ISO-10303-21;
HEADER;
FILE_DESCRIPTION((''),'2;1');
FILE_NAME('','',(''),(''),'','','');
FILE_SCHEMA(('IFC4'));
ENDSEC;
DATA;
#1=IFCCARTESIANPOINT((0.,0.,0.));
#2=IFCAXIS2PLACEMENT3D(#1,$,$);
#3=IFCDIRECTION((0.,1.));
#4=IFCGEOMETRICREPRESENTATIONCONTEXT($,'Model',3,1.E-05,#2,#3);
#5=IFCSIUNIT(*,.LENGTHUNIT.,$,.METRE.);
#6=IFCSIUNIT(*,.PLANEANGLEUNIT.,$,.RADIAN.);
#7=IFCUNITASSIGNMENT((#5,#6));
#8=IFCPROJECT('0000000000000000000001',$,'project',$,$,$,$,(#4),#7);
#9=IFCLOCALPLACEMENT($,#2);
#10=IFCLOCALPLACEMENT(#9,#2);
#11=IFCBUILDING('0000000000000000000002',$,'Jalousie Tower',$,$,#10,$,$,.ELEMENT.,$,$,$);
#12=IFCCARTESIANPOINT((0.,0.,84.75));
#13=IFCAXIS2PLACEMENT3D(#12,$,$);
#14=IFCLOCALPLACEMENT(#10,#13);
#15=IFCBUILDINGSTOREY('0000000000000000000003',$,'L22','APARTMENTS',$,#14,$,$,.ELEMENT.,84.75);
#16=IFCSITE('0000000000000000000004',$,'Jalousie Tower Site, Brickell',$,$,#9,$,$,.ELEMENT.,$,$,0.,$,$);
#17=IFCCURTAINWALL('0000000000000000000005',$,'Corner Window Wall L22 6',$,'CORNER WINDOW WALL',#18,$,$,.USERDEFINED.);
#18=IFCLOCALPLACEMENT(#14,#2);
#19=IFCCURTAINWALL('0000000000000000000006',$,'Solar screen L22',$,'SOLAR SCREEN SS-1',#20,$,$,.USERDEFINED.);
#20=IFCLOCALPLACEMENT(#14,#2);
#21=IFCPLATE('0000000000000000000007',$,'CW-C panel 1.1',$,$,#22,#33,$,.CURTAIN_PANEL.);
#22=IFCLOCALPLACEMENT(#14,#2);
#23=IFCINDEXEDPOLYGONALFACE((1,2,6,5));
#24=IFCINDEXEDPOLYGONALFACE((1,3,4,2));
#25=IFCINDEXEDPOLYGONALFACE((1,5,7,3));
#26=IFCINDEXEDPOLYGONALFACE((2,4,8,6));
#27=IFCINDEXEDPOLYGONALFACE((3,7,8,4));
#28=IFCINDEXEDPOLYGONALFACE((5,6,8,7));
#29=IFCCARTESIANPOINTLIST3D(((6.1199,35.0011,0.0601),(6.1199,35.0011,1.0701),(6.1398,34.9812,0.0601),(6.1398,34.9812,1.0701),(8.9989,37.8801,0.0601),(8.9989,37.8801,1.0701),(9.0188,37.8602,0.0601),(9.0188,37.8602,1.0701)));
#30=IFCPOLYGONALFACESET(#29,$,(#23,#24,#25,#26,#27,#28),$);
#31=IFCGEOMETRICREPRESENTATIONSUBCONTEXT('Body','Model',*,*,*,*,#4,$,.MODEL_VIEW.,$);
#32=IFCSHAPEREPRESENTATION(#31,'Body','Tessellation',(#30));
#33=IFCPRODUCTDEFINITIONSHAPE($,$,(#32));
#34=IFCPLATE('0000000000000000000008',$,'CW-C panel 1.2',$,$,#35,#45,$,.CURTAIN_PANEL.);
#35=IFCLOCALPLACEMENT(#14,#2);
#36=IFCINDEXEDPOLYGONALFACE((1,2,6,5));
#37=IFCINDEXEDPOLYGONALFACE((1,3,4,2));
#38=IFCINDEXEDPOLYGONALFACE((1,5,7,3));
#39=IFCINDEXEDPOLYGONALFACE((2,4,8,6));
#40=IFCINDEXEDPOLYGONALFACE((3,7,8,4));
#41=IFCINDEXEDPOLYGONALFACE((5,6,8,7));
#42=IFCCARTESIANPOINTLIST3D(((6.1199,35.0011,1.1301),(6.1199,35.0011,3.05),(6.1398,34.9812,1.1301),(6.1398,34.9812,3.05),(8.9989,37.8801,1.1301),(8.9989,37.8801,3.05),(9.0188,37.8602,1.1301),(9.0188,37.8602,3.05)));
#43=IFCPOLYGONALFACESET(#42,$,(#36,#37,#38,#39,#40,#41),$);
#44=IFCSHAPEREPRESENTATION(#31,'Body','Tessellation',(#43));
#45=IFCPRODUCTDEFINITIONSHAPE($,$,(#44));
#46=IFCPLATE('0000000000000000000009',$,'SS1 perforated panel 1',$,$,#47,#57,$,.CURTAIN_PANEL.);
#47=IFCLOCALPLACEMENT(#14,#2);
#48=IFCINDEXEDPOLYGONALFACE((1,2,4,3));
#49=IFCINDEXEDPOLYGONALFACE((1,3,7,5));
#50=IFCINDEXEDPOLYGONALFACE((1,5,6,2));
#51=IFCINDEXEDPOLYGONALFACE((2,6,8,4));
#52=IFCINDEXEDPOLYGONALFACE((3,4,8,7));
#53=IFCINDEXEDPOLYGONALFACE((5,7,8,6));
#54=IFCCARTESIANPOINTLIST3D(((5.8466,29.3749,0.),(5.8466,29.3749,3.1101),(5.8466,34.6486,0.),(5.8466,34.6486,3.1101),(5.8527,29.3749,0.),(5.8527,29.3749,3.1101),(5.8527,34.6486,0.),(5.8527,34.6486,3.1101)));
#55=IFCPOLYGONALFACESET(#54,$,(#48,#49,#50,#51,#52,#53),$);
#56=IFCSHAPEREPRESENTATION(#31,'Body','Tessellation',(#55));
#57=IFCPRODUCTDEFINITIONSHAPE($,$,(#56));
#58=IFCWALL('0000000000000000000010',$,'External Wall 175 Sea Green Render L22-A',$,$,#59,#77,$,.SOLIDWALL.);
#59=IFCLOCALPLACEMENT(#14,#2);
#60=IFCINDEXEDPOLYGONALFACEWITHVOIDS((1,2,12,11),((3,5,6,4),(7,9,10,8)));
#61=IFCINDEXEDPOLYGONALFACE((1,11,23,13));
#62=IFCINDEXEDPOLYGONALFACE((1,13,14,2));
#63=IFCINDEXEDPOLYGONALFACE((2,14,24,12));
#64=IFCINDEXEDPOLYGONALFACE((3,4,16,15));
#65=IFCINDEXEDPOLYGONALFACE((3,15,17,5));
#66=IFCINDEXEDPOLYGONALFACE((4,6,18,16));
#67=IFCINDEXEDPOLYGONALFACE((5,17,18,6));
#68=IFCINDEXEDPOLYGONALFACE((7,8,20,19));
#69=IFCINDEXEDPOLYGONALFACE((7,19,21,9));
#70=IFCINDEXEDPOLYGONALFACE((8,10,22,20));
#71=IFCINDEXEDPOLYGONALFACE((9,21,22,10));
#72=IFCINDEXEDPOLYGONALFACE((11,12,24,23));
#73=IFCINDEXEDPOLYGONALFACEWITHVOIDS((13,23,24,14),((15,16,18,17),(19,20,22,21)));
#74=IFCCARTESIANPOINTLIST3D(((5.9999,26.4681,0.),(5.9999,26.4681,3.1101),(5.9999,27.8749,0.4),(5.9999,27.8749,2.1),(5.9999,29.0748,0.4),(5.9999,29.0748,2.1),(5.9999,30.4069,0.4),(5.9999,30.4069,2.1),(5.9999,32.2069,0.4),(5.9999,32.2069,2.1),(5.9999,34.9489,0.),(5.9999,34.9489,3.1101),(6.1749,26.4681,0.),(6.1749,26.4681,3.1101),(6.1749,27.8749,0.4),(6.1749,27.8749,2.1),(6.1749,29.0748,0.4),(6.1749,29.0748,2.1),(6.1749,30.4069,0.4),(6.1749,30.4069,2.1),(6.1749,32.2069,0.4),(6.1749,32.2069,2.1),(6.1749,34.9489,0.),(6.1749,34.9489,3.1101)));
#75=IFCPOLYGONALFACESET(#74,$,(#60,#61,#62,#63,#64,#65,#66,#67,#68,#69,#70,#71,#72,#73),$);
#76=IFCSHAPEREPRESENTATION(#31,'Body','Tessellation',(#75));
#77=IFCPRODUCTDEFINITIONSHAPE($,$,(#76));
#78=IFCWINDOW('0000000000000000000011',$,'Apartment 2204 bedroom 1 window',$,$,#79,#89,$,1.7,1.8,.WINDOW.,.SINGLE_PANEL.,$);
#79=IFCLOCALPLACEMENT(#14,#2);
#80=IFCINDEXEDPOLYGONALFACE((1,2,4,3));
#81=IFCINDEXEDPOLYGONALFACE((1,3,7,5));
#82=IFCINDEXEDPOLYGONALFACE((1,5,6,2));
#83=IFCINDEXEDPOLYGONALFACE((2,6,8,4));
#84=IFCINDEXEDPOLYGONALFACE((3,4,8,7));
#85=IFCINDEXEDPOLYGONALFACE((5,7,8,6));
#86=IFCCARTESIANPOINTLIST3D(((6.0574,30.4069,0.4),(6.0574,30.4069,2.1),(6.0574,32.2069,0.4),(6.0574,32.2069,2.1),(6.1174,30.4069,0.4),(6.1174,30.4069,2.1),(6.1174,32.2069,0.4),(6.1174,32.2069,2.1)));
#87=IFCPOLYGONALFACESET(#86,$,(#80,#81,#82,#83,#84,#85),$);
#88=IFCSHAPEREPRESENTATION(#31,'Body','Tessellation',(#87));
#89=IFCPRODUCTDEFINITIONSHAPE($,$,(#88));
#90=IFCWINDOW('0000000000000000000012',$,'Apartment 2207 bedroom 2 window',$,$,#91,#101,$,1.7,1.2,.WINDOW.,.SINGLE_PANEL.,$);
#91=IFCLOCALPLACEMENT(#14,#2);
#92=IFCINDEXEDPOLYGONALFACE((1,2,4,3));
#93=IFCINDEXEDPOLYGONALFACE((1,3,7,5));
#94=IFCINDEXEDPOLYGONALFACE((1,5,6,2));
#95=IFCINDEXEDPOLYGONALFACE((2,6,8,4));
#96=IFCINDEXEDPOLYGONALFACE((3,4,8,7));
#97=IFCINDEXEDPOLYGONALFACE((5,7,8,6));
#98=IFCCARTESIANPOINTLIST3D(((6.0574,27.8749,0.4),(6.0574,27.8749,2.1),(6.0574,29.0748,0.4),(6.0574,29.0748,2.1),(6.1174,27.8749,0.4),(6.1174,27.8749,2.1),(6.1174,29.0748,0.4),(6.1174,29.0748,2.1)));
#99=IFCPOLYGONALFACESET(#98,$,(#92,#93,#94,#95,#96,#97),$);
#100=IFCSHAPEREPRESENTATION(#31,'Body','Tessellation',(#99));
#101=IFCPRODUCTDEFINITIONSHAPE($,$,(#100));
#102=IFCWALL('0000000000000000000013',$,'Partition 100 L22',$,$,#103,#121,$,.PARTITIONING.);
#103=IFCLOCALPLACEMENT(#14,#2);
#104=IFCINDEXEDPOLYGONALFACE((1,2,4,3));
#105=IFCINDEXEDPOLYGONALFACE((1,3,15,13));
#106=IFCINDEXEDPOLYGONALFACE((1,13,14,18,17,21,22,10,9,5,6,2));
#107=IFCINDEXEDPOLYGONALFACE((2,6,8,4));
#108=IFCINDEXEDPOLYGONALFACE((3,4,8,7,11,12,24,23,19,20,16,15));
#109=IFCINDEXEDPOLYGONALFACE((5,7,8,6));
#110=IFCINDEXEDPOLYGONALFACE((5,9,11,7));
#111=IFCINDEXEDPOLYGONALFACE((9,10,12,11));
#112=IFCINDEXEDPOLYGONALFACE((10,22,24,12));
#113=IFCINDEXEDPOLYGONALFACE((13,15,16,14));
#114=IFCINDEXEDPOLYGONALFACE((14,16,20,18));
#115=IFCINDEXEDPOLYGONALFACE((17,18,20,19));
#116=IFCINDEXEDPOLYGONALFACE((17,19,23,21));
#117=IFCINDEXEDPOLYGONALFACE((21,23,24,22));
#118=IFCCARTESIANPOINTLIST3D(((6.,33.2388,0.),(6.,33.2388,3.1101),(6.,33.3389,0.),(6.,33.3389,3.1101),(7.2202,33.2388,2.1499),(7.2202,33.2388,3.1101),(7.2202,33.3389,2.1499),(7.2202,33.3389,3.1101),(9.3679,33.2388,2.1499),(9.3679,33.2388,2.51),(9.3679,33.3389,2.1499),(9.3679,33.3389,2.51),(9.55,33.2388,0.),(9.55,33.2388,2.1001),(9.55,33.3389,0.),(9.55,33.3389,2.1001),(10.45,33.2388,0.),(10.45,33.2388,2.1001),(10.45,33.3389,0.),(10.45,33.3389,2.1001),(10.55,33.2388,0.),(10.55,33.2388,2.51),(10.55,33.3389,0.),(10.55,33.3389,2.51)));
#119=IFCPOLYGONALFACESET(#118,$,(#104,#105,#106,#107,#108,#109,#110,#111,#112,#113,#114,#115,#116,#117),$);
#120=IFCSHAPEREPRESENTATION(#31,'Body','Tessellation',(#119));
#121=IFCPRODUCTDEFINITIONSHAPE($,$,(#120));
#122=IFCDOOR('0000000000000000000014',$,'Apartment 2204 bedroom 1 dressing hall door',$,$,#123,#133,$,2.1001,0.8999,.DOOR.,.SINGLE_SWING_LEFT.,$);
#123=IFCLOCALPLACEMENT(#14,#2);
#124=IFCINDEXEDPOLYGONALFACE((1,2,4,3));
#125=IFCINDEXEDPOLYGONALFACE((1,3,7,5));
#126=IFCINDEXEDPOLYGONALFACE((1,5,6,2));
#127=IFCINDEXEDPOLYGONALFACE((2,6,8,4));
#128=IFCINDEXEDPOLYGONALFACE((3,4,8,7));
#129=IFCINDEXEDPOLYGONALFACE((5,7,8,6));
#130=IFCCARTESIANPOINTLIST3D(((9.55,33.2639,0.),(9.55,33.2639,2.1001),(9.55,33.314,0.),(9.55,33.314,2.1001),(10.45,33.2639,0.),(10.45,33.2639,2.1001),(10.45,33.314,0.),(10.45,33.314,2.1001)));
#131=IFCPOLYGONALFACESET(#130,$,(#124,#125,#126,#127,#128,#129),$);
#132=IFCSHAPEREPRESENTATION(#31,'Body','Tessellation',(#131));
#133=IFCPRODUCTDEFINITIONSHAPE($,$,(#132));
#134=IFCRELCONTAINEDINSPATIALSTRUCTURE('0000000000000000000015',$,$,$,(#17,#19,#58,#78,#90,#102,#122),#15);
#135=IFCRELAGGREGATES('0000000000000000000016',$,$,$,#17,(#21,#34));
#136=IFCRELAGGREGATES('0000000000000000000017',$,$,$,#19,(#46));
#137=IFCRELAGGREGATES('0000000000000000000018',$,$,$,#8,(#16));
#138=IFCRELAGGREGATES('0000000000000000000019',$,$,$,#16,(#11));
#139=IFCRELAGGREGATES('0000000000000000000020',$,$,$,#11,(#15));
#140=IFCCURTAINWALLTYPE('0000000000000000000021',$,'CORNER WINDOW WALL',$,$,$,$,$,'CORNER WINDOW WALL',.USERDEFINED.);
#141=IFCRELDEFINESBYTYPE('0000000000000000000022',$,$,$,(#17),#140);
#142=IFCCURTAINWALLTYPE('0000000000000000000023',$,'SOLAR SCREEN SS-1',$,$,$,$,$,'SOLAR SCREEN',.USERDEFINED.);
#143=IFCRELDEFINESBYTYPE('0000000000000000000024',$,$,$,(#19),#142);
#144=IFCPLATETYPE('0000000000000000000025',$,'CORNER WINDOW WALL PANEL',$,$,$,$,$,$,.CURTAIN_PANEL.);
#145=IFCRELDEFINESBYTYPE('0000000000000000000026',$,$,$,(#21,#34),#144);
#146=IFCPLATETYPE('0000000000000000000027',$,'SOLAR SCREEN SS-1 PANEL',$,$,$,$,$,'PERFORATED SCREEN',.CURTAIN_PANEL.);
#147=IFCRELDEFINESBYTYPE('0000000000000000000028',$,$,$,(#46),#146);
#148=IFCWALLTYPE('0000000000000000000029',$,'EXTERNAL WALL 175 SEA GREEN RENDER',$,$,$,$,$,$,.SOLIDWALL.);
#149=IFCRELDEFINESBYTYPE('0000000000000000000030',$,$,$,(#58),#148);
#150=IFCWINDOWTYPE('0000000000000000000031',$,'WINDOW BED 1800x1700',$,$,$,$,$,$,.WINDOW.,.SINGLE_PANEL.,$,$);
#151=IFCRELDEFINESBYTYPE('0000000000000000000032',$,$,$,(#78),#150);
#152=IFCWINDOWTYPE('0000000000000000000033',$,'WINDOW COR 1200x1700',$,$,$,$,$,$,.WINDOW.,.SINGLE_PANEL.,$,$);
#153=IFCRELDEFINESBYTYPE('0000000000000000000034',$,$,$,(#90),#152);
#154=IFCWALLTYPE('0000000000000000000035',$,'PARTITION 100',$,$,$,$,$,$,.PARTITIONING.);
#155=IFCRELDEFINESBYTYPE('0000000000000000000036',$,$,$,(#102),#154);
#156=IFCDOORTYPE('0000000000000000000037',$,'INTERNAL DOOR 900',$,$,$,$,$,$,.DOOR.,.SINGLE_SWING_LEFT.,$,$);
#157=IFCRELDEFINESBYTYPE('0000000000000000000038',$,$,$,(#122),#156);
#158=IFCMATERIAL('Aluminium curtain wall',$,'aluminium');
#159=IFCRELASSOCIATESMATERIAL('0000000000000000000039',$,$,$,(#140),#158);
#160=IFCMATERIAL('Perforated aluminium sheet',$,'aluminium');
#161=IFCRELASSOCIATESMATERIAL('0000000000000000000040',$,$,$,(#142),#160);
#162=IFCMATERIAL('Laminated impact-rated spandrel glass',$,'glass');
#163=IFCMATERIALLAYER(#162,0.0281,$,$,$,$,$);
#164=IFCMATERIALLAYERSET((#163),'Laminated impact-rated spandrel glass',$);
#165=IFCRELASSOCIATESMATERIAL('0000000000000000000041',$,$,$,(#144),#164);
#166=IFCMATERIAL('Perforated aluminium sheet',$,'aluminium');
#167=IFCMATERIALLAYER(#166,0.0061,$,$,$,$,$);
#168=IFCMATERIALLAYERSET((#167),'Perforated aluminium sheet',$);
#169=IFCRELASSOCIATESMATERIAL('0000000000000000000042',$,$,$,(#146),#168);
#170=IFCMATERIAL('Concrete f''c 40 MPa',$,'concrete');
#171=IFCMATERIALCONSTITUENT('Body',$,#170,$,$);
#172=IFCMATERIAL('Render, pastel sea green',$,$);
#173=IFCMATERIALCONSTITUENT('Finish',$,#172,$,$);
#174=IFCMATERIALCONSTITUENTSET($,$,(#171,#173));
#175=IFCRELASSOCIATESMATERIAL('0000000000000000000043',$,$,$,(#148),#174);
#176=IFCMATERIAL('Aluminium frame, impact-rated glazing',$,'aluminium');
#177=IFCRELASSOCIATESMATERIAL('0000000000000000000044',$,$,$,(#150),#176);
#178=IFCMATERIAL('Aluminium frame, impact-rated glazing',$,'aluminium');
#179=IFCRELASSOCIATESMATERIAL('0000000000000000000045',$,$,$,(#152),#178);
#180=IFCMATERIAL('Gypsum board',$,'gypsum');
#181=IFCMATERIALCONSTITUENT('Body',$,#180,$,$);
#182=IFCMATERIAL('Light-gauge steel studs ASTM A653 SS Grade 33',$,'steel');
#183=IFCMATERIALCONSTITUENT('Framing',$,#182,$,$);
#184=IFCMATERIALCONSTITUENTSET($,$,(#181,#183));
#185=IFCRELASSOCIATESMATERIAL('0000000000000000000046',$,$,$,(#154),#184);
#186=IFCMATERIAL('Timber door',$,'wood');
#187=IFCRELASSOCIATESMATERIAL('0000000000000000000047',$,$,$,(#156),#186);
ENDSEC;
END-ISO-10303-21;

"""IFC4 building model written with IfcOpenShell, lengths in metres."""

from ifc_helpers import new_model, si_unit, direction, frame, frame_2d, origin, origin_2d, place, context, subcontext, project, spatial, polyline, rectangle, outline, extrude, material, layer, layer_set, constituent, constituent_set, type_object, element, fill, aggregate, save


model = new_model("IFC4")

# Units and contexts
model_context = context("Model", 3, precision=1e-05, world=origin(), true_north=direction((0.0, 1.0)))
body_context = subcontext(model_context, "Body", "Model", "MODEL_VIEW")
ifc_project = project(units=[si_unit("LENGTHUNIT", "METRE"), si_unit("PLANEANGLEUNIT", "RADIAN")], contexts=[model_context])

# Site, building, storey
site_placement = place(None, origin())
site = spatial("IfcSite", under=ifc_project, at=site_placement, Name="Jalousie Tower Site, Brickell", CompositionType="ELEMENT", RefElevation=0.0)
building_placement = place(site_placement, origin())
building = spatial("IfcBuilding", under=site, at=building_placement, Name="Jalousie Tower", CompositionType="ELEMENT")
storey_placement = place(building_placement, frame((0.0, 0.0, 84.75)))
storey = spatial("IfcBuildingStorey", under=building, at=storey_placement, Name="L22", Description="APARTMENTS", CompositionType="ELEMENT", Elevation=84.75)

# Curtain wall
ifc_material_1 = material(Name="Aluminium curtain wall", Category="aluminium")
curtain_wall_type_1 = type_object("IfcCurtainWallType", Name="CORNER WINDOW WALL", ElementType="CORNER WINDOW WALL", PredefinedType="USERDEFINED", material=ifc_material_1)
curtain_wall_1_placement = place(storey_placement, origin())
curtain_wall_1 = element("IfcCurtainWall", 1, at=curtain_wall_1_placement, inside=storey, type_object=curtain_wall_type_1, Name="Corner Window Wall L22 6", ObjectType="CORNER WINDOW WALL", PredefinedType="USERDEFINED")

# Curtain wall
ifc_material_2 = material(Name="Perforated aluminium sheet", Category="aluminium")
curtain_wall_type_2 = type_object("IfcCurtainWallType", Name="SOLAR SCREEN SS-1", ElementType="SOLAR SCREEN", PredefinedType="USERDEFINED", material=ifc_material_2)
curtain_wall_2_placement = place(storey_placement, origin())
curtain_wall_2 = element("IfcCurtainWall", 2, at=curtain_wall_2_placement, inside=storey, type_object=curtain_wall_type_2, Name="Solar screen L22", ObjectType="SOLAR SCREEN SS-1", PredefinedType="USERDEFINED")

# Plates
ifc_material_3 = material(Name="Laminated impact-rated spandrel glass", Category="glass")
ifc_layer_1 = layer(ifc_material_3, 0.0281)
ifc_layer_set_1 = layer_set([ifc_layer_1], Name="Laminated impact-rated spandrel glass")
plate_type_1 = type_object("IfcPlateType", Name="CORNER WINDOW WALL PANEL", PredefinedType="CURTAIN_PANEL", material=ifc_layer_set_1)
plate_1_placement = place(storey_placement, frame((7.5693, 36.4307, 0.0601), z_axis=(0.0, 0.0, 1.0), x_axis=(-0.707107, -0.707107, 0.0)))
plate_1 = element("IfcPlate", 3, at=plate_1_placement, type_object=plate_type_1, Name="CW-C panel 1.1", PredefinedType="CURTAIN_PANEL", context=body_context, shape_type="SweptSolid", body=[
    extrude(rectangle(XDim=4.0715, YDim=0.0281, at=origin_2d()), origin(), (0.0, 0.0, 1.0), 1.01),
])
plate_2_placement = place(storey_placement, frame((7.5693, 36.4307, 1.1301), z_axis=(0.0, 0.0, 1.0), x_axis=(-0.707107, -0.707107, 0.0)))
plate_2 = element("IfcPlate", 4, at=plate_2_placement, type_object=plate_type_1, Name="CW-C panel 1.2", PredefinedType="CURTAIN_PANEL", context=body_context, shape_type="SweptSolid", body=[
    extrude(rectangle(XDim=4.0715, YDim=0.0281, at=origin_2d()), origin(), (0.0, 0.0, 1.0), 1.9199),
])
aggregate(curtain_wall_1, [plate_1, plate_2])
ifc_material_4 = material(Name="Perforated aluminium sheet", Category="aluminium")
ifc_layer_2 = layer(ifc_material_4, 0.0061)
ifc_layer_set_2 = layer_set([ifc_layer_2], Name="Perforated aluminium sheet")
plate_type_2 = type_object("IfcPlateType", Name="SOLAR SCREEN SS-1 PANEL", ElementType="PERFORATED SCREEN", PredefinedType="CURTAIN_PANEL", material=ifc_layer_set_2)
plate_3_placement = place(storey_placement, frame((5.8496, 32.0117, 0.0), z_axis=(0.0, 0.0, 1.0), x_axis=(0.0, -1.0, 0.0)))
plate_3 = element("IfcPlate", 5, at=plate_3_placement, type_object=plate_type_2, Name="SS1 perforated panel 1", PredefinedType="CURTAIN_PANEL", context=body_context, shape_type="SweptSolid", body=[
    extrude(rectangle(XDim=5.2737, YDim=0.0061, at=origin_2d()), origin(), (0.0, 0.0, 1.0), 3.1101),
])
aggregate(curtain_wall_2, [plate_3])

# Wall, openings, windows
ifc_material_5 = material(Name="Concrete f'c 40 MPa", Category="concrete")
ifc_constituent_1 = constituent(ifc_material_5, Name="Body")
ifc_material_6 = material(Name="Render, pastel sea green")
ifc_constituent_2 = constituent(ifc_material_6, Name="Finish")
ifc_constituent_set_1 = constituent_set(constituents=[ifc_constituent_1, ifc_constituent_2])
wall_type_1 = type_object("IfcWallType", Name="EXTERNAL WALL 175 SEA GREEN RENDER", PredefinedType="SOLIDWALL", material=ifc_constituent_set_1)
wall_1_placement = place(storey_placement, frame((6.0874, 34.9487, 0.0), z_axis=(0.0, 0.0, 1.0), x_axis=(0.0, -1.0, 0.0)))
wall_1 = element("IfcWall", 6, at=wall_1_placement, inside=storey, type_object=wall_type_1, Name="External Wall 175 Sea Green Render L22-A", PredefinedType="SOLIDWALL", context=body_context, shape_type="SweptSolid", body=[
    extrude(rectangle(XDim=8.4807, YDim=0.175, at=frame_2d((4.2402, 0.0))), origin(), (0.0, 0.0, 1.0), 3.1101),
])
opening_1_placement = place(wall_1_placement, frame((2.7419, 0.0, 0.3999)))
opening_1 = element("IfcOpeningElement", 7, at=opening_1_placement, cuts=wall_1, PredefinedType="OPENING", context=body_context, shape_type="SweptSolid", body=[
    extrude(rectangle(XDim=1.8, YDim=1.7, at=frame_2d((0.8999, 0.8501))), frame((0.0, 0.0974, 0.0), z_axis=(0.0, -1.0, 0.0), x_axis=(1.0, 0.0, 0.0)), (0.0, 0.0, 1.0), 0.1951),
])
opening_2_placement = place(wall_1_placement, frame((5.8738, 0.0, 0.3999)))
opening_2 = element("IfcOpeningElement", 8, at=opening_2_placement, cuts=wall_1, PredefinedType="OPENING", context=body_context, shape_type="SweptSolid", body=[
    extrude(rectangle(XDim=1.2, YDim=1.7, at=frame_2d((0.6001, 0.8501))), frame((0.0, 0.0974, 0.0), z_axis=(0.0, -1.0, 0.0), x_axis=(1.0, 0.0, 0.0)), (0.0, 0.0, 1.0), 0.1951),
])
ifc_material_7 = material(Name="Aluminium frame, impact-rated glazing", Category="aluminium")
window_type_1 = type_object("IfcWindowType", Name="WINDOW BED 1800x1700", PartitioningType="SINGLE_PANEL", PredefinedType="WINDOW", material=ifc_material_7)
window_1_placement = place(opening_1_placement, origin())
window_1 = element("IfcWindow", 9, at=window_1_placement, inside=storey, type_object=window_type_1, Name="Apartment 2204 bedroom 1 window", OverallHeight=1.7, OverallWidth=1.8, PartitioningType="SINGLE_PANEL", PredefinedType="WINDOW", context=body_context, shape_type="SweptSolid", body=[
    extrude(rectangle(XDim=1.8, YDim=1.7, at=frame_2d((0.8999, 0.8501))), frame((0.0, 0.03, 0.0), z_axis=(0.0, -1.0, 0.0), x_axis=(1.0, 0.0, 0.0)), (0.0, 0.0, 1.0), 0.0601),
])
fill(opening_1, window_1)
ifc_material_8 = material(Name="Aluminium frame, impact-rated glazing", Category="aluminium")
window_type_2 = type_object("IfcWindowType", Name="WINDOW COR 1200x1700", PartitioningType="SINGLE_PANEL", PredefinedType="WINDOW", material=ifc_material_8)
window_2_placement = place(opening_2_placement, origin())
window_2 = element("IfcWindow", 10, at=window_2_placement, inside=storey, type_object=window_type_2, Name="Apartment 2207 bedroom 2 window", OverallHeight=1.7, OverallWidth=1.2, PartitioningType="SINGLE_PANEL", PredefinedType="WINDOW", context=body_context, shape_type="SweptSolid", body=[
    extrude(rectangle(XDim=1.2, YDim=1.7, at=frame_2d((0.6001, 0.8501))), frame((0.0, 0.03, 0.0), z_axis=(0.0, -1.0, 0.0), x_axis=(1.0, 0.0, 0.0)), (0.0, 0.0, 1.0), 0.0601),
])
fill(opening_2, window_2)

# Wall, opening, door
ifc_material_9 = material(Name="Gypsum board", Category="gypsum")
ifc_constituent_3 = constituent(ifc_material_9, Name="Body")
ifc_material_10 = material(Name="Light-gauge steel studs ASTM A653 SS Grade 33", Category="steel")
ifc_constituent_4 = constituent(ifc_material_10, Name="Framing")
ifc_constituent_set_2 = constituent_set(constituents=[ifc_constituent_3, ifc_constituent_4])
wall_type_2 = type_object("IfcWallType", Name="PARTITION 100", PredefinedType="PARTITIONING", material=ifc_constituent_set_2)
wall_2_placement = place(storey_placement, frame((6.0, 33.2888, 0.0), z_axis=(0.0, 0.0, 1.0), x_axis=(1.0, 0.0, 0.0)))
wall_2 = element("IfcWall", 11, at=wall_2_placement, inside=storey, type_object=wall_type_2, Name="Partition 100 L22", PredefinedType="PARTITIONING", context=body_context, shape_type="SweptSolid", body=[
    extrude(outline(polyline([(0.0, 0.0), (4.55, 0.0), (4.55, 3.1101), (4.55, 2.51), (3.3679, 2.51), (3.3679, 2.1499), (1.2202, 2.1499), (1.2202, 3.1101), (0.0, 3.1101), (0.0, 0.0)])), frame((0.0, 0.05, 0.0), z_axis=(0.0, -1.0, 0.0), x_axis=(1.0, 0.0, 0.0)), (0.0, 0.0, 1.0), 0.1001),
])
opening_3_placement = place(wall_2_placement, frame((3.55, 0.0, 0.0)))
opening_3 = element("IfcOpeningElement", 12, at=opening_3_placement, cuts=wall_2, PredefinedType="OPENING", context=body_context, shape_type="SweptSolid", body=[
    extrude(rectangle(XDim=0.8999, YDim=2.1001, at=frame_2d((0.45, 1.05))), frame((0.0, 0.0601, 0.0), z_axis=(0.0, -1.0, 0.0), x_axis=(1.0, 0.0, 0.0)), (0.0, 0.0, 1.0), 0.1201),
])
ifc_material_11 = material(Name="Timber door", Category="wood")
door_type = type_object("IfcDoorType", Name="INTERNAL DOOR 900", OperationType="SINGLE_SWING_LEFT", PredefinedType="DOOR", material=ifc_material_11)
door_placement = place(opening_3_placement, frame((0.8999, 0.0, 0.0), z_axis=(0.0, 0.0, 1.0), x_axis=(-1.0, 0.0, 0.0)))
door = element("IfcDoor", 13, at=door_placement, inside=storey, type_object=door_type, Name="Apartment 2204 bedroom 1 dressing hall door", OperationType="SINGLE_SWING_LEFT", OverallHeight=2.1001, OverallWidth=0.8999, PredefinedType="DOOR", context=body_context, shape_type="SweptSolid", body=[
    extrude(rectangle(XDim=0.8999, YDim=2.1001, at=frame_2d((0.45, 1.05))), frame((0.0, 0.0249, 0.0), z_axis=(0.0, -1.0, 0.0), x_axis=(1.0, 0.0, 0.0)), (0.0, 0.0, 1.0), 0.05),
])
fill(opening_3, door)

save(model, "model.ifc")
